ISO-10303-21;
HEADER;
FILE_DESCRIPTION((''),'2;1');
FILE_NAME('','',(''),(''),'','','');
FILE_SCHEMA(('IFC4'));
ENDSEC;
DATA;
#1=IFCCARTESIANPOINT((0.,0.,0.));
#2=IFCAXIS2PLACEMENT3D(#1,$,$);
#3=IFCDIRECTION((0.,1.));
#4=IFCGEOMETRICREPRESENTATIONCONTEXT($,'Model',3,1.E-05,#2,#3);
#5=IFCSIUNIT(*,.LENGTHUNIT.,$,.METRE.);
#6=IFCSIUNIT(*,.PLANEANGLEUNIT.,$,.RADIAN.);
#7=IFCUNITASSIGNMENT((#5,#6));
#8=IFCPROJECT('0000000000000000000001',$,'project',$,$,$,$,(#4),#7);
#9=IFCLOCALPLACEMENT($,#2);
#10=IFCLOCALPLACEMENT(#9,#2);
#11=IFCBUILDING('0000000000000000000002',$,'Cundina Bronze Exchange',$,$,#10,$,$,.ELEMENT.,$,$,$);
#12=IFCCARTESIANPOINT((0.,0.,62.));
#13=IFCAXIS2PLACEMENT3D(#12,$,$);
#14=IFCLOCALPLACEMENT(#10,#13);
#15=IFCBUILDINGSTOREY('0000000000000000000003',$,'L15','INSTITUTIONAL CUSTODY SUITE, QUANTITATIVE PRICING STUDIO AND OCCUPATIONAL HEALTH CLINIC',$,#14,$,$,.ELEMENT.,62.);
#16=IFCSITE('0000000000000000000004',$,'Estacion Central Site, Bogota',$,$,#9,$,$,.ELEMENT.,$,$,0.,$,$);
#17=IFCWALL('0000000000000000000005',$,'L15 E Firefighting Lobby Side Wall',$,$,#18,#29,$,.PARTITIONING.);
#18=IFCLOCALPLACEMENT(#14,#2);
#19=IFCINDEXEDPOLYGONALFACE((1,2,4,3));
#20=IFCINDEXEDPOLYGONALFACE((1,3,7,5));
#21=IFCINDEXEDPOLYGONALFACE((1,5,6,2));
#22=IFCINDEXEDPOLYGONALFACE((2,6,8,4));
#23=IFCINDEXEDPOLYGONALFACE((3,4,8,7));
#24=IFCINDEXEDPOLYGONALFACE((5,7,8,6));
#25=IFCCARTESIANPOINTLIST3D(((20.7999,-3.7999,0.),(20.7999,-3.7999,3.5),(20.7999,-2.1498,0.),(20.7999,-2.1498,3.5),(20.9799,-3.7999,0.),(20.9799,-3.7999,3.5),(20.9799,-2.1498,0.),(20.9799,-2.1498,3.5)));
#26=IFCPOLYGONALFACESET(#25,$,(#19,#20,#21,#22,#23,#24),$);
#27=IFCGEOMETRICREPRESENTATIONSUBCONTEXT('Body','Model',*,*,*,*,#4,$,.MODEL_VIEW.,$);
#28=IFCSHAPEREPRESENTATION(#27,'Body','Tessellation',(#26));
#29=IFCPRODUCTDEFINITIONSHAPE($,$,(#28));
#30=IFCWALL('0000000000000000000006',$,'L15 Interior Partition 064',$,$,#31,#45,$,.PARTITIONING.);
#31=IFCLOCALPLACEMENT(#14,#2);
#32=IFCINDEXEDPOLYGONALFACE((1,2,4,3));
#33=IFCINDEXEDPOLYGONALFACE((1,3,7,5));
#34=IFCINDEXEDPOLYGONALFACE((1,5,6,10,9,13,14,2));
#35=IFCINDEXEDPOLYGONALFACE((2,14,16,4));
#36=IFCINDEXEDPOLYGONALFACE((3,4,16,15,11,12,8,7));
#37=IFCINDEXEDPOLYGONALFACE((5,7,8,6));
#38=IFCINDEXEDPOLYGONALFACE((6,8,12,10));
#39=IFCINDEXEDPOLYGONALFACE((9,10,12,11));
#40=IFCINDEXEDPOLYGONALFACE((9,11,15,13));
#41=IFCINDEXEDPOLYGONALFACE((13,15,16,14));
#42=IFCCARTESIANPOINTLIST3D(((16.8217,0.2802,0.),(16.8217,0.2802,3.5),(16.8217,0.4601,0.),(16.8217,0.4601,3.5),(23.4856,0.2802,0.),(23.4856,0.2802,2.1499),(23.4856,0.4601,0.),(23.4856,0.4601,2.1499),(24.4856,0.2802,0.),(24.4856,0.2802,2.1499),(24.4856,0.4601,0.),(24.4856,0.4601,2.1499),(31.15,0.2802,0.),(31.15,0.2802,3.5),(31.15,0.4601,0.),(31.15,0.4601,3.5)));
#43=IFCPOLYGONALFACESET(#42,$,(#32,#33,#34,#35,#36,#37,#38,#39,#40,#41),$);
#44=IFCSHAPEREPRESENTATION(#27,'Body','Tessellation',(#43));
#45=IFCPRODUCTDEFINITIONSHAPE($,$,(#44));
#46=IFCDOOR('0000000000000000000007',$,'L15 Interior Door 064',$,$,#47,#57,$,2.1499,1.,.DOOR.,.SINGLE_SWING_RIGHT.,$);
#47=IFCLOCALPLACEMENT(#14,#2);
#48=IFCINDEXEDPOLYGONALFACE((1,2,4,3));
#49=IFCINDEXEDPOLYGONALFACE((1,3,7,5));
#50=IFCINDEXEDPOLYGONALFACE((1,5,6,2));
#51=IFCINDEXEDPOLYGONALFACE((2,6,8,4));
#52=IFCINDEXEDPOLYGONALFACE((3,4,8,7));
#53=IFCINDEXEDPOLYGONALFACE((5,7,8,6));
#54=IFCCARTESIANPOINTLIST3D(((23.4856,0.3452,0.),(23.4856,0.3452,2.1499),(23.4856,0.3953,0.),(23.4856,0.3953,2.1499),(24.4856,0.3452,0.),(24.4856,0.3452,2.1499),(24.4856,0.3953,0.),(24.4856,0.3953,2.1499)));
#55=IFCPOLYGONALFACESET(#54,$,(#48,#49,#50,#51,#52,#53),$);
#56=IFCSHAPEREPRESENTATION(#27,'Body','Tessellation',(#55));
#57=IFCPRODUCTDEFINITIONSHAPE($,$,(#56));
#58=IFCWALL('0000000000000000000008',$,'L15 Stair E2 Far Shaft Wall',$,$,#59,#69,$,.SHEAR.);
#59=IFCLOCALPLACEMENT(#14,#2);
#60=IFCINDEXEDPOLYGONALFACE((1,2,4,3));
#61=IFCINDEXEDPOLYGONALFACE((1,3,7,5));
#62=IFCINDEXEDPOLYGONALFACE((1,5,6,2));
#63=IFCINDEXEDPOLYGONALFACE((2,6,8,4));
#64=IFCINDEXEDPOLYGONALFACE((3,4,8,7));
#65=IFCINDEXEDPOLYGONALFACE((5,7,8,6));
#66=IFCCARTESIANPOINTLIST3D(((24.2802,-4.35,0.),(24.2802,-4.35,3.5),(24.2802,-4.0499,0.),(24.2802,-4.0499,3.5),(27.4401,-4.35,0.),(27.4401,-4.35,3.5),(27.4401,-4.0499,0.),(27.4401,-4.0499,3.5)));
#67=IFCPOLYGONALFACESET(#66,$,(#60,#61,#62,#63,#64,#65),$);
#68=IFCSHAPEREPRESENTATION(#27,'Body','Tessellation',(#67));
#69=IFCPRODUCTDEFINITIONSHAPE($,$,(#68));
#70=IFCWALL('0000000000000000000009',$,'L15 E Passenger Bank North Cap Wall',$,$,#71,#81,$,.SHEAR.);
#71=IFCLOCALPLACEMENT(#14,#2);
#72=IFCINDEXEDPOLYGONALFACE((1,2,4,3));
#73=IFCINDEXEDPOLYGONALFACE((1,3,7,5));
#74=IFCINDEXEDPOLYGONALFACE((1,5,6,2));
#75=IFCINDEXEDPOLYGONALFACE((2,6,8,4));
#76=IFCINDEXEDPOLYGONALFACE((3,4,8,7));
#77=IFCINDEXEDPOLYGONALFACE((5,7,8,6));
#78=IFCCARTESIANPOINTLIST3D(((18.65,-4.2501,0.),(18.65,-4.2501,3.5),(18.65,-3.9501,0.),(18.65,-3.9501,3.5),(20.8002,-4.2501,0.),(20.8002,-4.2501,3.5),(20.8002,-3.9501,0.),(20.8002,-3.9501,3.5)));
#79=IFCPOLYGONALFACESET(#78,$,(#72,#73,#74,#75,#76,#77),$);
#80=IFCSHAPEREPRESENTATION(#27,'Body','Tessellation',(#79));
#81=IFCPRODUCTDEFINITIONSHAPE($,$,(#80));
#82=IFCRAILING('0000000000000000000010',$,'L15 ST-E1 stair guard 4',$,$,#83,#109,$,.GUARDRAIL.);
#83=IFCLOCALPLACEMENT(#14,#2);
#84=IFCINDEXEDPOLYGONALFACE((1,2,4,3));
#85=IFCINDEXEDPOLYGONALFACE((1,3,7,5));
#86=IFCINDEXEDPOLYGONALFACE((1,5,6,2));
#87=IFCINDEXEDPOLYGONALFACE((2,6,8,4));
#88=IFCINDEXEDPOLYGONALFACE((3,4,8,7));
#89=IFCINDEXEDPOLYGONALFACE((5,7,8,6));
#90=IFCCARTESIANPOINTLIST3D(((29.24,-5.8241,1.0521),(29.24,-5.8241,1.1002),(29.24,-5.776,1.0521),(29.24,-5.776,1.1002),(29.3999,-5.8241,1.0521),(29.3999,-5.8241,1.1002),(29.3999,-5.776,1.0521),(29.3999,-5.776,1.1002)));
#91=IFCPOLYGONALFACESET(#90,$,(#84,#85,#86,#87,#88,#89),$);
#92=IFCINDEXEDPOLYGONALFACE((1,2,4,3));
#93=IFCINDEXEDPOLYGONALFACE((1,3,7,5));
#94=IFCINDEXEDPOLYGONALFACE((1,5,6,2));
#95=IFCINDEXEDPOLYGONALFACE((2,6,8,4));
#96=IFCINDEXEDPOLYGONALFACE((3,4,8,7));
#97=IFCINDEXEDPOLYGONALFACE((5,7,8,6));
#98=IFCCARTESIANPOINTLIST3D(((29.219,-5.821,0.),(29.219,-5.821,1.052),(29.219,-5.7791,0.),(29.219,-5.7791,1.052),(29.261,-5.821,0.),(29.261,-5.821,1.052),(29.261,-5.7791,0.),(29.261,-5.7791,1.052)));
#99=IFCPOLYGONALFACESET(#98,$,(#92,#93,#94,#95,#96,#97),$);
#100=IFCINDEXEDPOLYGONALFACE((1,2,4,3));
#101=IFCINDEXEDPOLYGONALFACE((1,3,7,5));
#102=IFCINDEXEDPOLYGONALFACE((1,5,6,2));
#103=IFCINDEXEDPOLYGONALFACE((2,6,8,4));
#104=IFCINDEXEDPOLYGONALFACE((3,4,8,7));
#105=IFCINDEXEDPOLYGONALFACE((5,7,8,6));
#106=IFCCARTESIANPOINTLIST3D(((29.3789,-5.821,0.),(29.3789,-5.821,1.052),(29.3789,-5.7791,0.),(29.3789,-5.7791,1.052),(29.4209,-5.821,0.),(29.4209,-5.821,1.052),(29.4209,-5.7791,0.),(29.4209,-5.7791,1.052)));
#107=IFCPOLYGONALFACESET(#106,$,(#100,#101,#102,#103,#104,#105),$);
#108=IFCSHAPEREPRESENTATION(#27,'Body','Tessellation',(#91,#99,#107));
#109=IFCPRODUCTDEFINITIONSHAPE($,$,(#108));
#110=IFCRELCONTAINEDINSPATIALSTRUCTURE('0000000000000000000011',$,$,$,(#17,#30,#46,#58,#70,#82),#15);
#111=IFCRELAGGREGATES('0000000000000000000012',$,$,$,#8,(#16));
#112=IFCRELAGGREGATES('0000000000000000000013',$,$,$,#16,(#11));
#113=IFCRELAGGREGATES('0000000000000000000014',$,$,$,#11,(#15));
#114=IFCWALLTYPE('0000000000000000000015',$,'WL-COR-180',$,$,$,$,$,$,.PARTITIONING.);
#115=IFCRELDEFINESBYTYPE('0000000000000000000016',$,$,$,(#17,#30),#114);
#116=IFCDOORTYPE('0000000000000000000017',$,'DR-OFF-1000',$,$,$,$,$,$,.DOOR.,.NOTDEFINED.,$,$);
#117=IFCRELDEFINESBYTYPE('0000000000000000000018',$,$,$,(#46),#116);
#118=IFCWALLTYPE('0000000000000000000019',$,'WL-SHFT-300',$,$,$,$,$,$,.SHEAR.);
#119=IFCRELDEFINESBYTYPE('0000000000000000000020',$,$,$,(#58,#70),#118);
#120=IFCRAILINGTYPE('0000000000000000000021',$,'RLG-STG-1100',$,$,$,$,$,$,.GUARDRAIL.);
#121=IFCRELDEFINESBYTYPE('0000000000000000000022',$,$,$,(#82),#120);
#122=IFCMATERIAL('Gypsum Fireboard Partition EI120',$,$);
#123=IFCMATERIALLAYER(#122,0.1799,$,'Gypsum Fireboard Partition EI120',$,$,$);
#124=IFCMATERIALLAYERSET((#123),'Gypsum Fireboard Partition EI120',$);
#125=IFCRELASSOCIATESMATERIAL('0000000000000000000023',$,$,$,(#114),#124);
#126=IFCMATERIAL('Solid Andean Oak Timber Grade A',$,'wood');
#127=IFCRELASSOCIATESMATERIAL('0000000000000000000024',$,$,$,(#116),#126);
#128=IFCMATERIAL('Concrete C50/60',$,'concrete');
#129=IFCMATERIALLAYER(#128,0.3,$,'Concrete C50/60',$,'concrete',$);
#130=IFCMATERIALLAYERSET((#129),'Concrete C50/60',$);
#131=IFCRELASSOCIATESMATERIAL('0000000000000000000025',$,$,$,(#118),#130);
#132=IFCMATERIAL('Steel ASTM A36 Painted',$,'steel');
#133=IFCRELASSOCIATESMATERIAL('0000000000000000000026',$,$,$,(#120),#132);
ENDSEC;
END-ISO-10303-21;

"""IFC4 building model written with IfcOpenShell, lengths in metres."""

from ifc_helpers import new_model, si_unit, direction, frame, frame_2d, origin, origin_2d, place, context, subcontext, project, spatial, rectangle, extrude, material, layer, layer_set, type_object, element, fill, save


model = new_model("IFC4")

# Units and contexts
model_context = context("Model", 3, precision=1e-05, world=origin(), true_north=direction((0.0, 1.0)))
body_context = subcontext(model_context, "Body", "Model", "MODEL_VIEW")
ifc_project = project(units=[si_unit("LENGTHUNIT", "METRE"), si_unit("PLANEANGLEUNIT", "RADIAN")], contexts=[model_context])

# Site, building, storey
site_placement = place(None, origin())
site = spatial("IfcSite", under=ifc_project, at=site_placement, Name="Estacion Central Site, Bogota", CompositionType="ELEMENT", RefElevation=0.0)
building_placement = place(site_placement, origin())
building = spatial("IfcBuilding", under=site, at=building_placement, Name="Cundina Bronze Exchange", CompositionType="ELEMENT")
storey_placement = place(building_placement, frame((0.0, 0.0, 62.0)))
storey = spatial("IfcBuildingStorey", under=building, at=storey_placement, Name="L15", Description="INSTITUTIONAL CUSTODY SUITE, QUANTITATIVE PRICING STUDIO AND OCCUPATIONAL HEALTH CLINIC", CompositionType="ELEMENT", Elevation=62.0)

# Wall
ifc_material_1 = material(Name="Gypsum Fireboard Partition EI120")
ifc_layer_1 = layer(ifc_material_1, 0.1799, Name="Gypsum Fireboard Partition EI120")
ifc_layer_set_1 = layer_set([ifc_layer_1], Name="Gypsum Fireboard Partition EI120")
wall_type_1 = type_object("IfcWallType", Name="WL-COR-180", PredefinedType="PARTITIONING", material=ifc_layer_set_1)
wall_1_placement = place(storey_placement, frame((20.8899, -3.8, 0.0), z_axis=(0.0, 0.0, 1.0), x_axis=(0.0, 1.0, 0.0)))
element("IfcWall", 1, at=wall_1_placement, inside=storey, type_object=wall_type_1, Name="L15 E Firefighting Lobby Side Wall", PredefinedType="PARTITIONING", context=body_context, shape_type="SweptSolid", body=[
    extrude(rectangle(XDim=1.6501, YDim=0.1799, at=frame_2d((0.8252, 0.0))), origin(), (0.0, 0.0, 1.0), 3.5),
])

# Wall, opening, door
ifc_material_2 = material(Name="Steel ASTM A36 Painted", Category="steel")
wall_2_placement = place(storey_placement, frame((31.1499, 0.3701, 0.0), z_axis=(0.0, 0.0, 1.0), x_axis=(-1.0, 0.0, 0.0)))
wall_2 = element("IfcWall", 2, at=wall_2_placement, inside=storey, type_object=wall_type_1, Name="L15 Interior Partition 064", PredefinedType="PARTITIONING", context=body_context, shape_type="SweptSolid", body=[
    extrude(rectangle(XDim=14.3284, YDim=0.1799, at=frame_2d((7.1641, 0.0))), origin(), (0.0, 0.0, 1.0), 3.5),
])
opening_1_placement = place(wall_2_placement, frame((6.6643, 0.0, 0.0)))
opening_1 = element("IfcOpeningElement", 3, at=opening_1_placement, cuts=wall_2, PredefinedType="OPENING", context=body_context, shape_type="SweptSolid", body=[
    extrude(rectangle(XDim=1.0, YDim=2.1499, at=frame_2d((0.5, 1.075))), frame((0.0, 0.0999, 0.0), z_axis=(0.0, -1.0, 0.0), x_axis=(1.0, 0.0, 0.0)), (0.0, 0.0, 1.0), 0.2),
])
ifc_material_3 = material(Name="Solid Andean Oak Timber Grade A", Category="wood")
door_type_1 = type_object("IfcDoorType", Name="DR-OFF-1000", OperationType="NOTDEFINED", PredefinedType="DOOR", material=ifc_material_3)
door_1_placement = place(opening_1_placement, origin())
door_1 = element("IfcDoor", 4, at=door_1_placement, inside=storey, type_object=door_type_1, Name="L15 Interior Door 064", OperationType="SINGLE_SWING_RIGHT", OverallHeight=2.1499, OverallWidth=1.0, PredefinedType="DOOR", context=body_context, shape_type="SweptSolid", body=[
    extrude(rectangle(XDim=1.0, YDim=2.1499, at=frame_2d((0.5, 1.075))), frame((0.0, 0.0249, 0.0), z_axis=(0.0, -1.0, 0.0), x_axis=(1.0, 0.0, 0.0)), (0.0, 0.0, 1.0), 0.05),
])
fill(opening_1, door_1)
ifc_material_4 = material(Name="Concrete C50/60", Category="concrete")
ifc_layer_2 = layer(ifc_material_4, 0.3, Name="Concrete C50/60", Category="concrete")
ifc_layer_set_2 = layer_set([ifc_layer_2], Name="Concrete C50/60")
wall_type_2 = type_object("IfcWallType", Name="WL-SHFT-300", PredefinedType="SHEAR", material=ifc_layer_set_2)

# Walls
wall_3_placement = place(storey_placement, frame((24.28, -4.2, 0.0), z_axis=(0.0, 0.0, 1.0), x_axis=(1.0, 0.0, 0.0)))
element("IfcWall", 5, at=wall_3_placement, inside=storey, type_object=wall_type_2, Name="L15 Stair E2 Far Shaft Wall", PredefinedType="SHEAR", context=body_context, shape_type="SweptSolid", body=[
    extrude(rectangle(XDim=3.1599, YDim=0.3, at=frame_2d((1.5801, 0.0))), origin(), (0.0, 0.0, 1.0), 3.5),
])
wall_4_placement = place(storey_placement, frame((18.6499, -4.1001, 0.0), z_axis=(0.0, 0.0, 1.0), x_axis=(1.0, 0.0, 0.0)))
element("IfcWall", 6, at=wall_4_placement, inside=storey, type_object=wall_type_2, Name="L15 E Passenger Bank North Cap Wall", PredefinedType="SHEAR", context=body_context, shape_type="SweptSolid", body=[
    extrude(rectangle(XDim=2.1501, YDim=0.3, at=frame_2d((1.0752, 0.0))), origin(), (0.0, 0.0, 1.0), 3.5),
])

# Railing
railing_type = type_object("IfcRailingType", Name="RLG-STG-1100", PredefinedType="GUARDRAIL", material=ifc_material_2)
railing_placement = place(storey_placement, frame((29.24, -5.8, 0.0)))
element("IfcRailing", 7, at=railing_placement, inside=storey, type_object=railing_type, Name="L15 ST-E1 stair guard 4", PredefinedType="GUARDRAIL", context=body_context, shape_type="SweptSolid", body=[
    extrude(rectangle(XDim=0.0481, YDim=0.0481, at=origin_2d()), frame((0.0, 0.0, 1.0762), z_axis=(1.0, 0.0, 0.0), x_axis=(0.0, 1.0, 0.0)), (0.0, 0.0, 1.0), 0.1599),
    extrude(rectangle(XDim=0.042, YDim=0.042, at=origin_2d()), origin(), (0.0, 0.0, 1.0), 1.052),
    extrude(rectangle(XDim=0.042, YDim=0.042, at=origin_2d()), frame((0.1599, 0.0, 0.0)), (0.0, 0.0, 1.0), 1.052),
])

save(model, "model.ifc")
